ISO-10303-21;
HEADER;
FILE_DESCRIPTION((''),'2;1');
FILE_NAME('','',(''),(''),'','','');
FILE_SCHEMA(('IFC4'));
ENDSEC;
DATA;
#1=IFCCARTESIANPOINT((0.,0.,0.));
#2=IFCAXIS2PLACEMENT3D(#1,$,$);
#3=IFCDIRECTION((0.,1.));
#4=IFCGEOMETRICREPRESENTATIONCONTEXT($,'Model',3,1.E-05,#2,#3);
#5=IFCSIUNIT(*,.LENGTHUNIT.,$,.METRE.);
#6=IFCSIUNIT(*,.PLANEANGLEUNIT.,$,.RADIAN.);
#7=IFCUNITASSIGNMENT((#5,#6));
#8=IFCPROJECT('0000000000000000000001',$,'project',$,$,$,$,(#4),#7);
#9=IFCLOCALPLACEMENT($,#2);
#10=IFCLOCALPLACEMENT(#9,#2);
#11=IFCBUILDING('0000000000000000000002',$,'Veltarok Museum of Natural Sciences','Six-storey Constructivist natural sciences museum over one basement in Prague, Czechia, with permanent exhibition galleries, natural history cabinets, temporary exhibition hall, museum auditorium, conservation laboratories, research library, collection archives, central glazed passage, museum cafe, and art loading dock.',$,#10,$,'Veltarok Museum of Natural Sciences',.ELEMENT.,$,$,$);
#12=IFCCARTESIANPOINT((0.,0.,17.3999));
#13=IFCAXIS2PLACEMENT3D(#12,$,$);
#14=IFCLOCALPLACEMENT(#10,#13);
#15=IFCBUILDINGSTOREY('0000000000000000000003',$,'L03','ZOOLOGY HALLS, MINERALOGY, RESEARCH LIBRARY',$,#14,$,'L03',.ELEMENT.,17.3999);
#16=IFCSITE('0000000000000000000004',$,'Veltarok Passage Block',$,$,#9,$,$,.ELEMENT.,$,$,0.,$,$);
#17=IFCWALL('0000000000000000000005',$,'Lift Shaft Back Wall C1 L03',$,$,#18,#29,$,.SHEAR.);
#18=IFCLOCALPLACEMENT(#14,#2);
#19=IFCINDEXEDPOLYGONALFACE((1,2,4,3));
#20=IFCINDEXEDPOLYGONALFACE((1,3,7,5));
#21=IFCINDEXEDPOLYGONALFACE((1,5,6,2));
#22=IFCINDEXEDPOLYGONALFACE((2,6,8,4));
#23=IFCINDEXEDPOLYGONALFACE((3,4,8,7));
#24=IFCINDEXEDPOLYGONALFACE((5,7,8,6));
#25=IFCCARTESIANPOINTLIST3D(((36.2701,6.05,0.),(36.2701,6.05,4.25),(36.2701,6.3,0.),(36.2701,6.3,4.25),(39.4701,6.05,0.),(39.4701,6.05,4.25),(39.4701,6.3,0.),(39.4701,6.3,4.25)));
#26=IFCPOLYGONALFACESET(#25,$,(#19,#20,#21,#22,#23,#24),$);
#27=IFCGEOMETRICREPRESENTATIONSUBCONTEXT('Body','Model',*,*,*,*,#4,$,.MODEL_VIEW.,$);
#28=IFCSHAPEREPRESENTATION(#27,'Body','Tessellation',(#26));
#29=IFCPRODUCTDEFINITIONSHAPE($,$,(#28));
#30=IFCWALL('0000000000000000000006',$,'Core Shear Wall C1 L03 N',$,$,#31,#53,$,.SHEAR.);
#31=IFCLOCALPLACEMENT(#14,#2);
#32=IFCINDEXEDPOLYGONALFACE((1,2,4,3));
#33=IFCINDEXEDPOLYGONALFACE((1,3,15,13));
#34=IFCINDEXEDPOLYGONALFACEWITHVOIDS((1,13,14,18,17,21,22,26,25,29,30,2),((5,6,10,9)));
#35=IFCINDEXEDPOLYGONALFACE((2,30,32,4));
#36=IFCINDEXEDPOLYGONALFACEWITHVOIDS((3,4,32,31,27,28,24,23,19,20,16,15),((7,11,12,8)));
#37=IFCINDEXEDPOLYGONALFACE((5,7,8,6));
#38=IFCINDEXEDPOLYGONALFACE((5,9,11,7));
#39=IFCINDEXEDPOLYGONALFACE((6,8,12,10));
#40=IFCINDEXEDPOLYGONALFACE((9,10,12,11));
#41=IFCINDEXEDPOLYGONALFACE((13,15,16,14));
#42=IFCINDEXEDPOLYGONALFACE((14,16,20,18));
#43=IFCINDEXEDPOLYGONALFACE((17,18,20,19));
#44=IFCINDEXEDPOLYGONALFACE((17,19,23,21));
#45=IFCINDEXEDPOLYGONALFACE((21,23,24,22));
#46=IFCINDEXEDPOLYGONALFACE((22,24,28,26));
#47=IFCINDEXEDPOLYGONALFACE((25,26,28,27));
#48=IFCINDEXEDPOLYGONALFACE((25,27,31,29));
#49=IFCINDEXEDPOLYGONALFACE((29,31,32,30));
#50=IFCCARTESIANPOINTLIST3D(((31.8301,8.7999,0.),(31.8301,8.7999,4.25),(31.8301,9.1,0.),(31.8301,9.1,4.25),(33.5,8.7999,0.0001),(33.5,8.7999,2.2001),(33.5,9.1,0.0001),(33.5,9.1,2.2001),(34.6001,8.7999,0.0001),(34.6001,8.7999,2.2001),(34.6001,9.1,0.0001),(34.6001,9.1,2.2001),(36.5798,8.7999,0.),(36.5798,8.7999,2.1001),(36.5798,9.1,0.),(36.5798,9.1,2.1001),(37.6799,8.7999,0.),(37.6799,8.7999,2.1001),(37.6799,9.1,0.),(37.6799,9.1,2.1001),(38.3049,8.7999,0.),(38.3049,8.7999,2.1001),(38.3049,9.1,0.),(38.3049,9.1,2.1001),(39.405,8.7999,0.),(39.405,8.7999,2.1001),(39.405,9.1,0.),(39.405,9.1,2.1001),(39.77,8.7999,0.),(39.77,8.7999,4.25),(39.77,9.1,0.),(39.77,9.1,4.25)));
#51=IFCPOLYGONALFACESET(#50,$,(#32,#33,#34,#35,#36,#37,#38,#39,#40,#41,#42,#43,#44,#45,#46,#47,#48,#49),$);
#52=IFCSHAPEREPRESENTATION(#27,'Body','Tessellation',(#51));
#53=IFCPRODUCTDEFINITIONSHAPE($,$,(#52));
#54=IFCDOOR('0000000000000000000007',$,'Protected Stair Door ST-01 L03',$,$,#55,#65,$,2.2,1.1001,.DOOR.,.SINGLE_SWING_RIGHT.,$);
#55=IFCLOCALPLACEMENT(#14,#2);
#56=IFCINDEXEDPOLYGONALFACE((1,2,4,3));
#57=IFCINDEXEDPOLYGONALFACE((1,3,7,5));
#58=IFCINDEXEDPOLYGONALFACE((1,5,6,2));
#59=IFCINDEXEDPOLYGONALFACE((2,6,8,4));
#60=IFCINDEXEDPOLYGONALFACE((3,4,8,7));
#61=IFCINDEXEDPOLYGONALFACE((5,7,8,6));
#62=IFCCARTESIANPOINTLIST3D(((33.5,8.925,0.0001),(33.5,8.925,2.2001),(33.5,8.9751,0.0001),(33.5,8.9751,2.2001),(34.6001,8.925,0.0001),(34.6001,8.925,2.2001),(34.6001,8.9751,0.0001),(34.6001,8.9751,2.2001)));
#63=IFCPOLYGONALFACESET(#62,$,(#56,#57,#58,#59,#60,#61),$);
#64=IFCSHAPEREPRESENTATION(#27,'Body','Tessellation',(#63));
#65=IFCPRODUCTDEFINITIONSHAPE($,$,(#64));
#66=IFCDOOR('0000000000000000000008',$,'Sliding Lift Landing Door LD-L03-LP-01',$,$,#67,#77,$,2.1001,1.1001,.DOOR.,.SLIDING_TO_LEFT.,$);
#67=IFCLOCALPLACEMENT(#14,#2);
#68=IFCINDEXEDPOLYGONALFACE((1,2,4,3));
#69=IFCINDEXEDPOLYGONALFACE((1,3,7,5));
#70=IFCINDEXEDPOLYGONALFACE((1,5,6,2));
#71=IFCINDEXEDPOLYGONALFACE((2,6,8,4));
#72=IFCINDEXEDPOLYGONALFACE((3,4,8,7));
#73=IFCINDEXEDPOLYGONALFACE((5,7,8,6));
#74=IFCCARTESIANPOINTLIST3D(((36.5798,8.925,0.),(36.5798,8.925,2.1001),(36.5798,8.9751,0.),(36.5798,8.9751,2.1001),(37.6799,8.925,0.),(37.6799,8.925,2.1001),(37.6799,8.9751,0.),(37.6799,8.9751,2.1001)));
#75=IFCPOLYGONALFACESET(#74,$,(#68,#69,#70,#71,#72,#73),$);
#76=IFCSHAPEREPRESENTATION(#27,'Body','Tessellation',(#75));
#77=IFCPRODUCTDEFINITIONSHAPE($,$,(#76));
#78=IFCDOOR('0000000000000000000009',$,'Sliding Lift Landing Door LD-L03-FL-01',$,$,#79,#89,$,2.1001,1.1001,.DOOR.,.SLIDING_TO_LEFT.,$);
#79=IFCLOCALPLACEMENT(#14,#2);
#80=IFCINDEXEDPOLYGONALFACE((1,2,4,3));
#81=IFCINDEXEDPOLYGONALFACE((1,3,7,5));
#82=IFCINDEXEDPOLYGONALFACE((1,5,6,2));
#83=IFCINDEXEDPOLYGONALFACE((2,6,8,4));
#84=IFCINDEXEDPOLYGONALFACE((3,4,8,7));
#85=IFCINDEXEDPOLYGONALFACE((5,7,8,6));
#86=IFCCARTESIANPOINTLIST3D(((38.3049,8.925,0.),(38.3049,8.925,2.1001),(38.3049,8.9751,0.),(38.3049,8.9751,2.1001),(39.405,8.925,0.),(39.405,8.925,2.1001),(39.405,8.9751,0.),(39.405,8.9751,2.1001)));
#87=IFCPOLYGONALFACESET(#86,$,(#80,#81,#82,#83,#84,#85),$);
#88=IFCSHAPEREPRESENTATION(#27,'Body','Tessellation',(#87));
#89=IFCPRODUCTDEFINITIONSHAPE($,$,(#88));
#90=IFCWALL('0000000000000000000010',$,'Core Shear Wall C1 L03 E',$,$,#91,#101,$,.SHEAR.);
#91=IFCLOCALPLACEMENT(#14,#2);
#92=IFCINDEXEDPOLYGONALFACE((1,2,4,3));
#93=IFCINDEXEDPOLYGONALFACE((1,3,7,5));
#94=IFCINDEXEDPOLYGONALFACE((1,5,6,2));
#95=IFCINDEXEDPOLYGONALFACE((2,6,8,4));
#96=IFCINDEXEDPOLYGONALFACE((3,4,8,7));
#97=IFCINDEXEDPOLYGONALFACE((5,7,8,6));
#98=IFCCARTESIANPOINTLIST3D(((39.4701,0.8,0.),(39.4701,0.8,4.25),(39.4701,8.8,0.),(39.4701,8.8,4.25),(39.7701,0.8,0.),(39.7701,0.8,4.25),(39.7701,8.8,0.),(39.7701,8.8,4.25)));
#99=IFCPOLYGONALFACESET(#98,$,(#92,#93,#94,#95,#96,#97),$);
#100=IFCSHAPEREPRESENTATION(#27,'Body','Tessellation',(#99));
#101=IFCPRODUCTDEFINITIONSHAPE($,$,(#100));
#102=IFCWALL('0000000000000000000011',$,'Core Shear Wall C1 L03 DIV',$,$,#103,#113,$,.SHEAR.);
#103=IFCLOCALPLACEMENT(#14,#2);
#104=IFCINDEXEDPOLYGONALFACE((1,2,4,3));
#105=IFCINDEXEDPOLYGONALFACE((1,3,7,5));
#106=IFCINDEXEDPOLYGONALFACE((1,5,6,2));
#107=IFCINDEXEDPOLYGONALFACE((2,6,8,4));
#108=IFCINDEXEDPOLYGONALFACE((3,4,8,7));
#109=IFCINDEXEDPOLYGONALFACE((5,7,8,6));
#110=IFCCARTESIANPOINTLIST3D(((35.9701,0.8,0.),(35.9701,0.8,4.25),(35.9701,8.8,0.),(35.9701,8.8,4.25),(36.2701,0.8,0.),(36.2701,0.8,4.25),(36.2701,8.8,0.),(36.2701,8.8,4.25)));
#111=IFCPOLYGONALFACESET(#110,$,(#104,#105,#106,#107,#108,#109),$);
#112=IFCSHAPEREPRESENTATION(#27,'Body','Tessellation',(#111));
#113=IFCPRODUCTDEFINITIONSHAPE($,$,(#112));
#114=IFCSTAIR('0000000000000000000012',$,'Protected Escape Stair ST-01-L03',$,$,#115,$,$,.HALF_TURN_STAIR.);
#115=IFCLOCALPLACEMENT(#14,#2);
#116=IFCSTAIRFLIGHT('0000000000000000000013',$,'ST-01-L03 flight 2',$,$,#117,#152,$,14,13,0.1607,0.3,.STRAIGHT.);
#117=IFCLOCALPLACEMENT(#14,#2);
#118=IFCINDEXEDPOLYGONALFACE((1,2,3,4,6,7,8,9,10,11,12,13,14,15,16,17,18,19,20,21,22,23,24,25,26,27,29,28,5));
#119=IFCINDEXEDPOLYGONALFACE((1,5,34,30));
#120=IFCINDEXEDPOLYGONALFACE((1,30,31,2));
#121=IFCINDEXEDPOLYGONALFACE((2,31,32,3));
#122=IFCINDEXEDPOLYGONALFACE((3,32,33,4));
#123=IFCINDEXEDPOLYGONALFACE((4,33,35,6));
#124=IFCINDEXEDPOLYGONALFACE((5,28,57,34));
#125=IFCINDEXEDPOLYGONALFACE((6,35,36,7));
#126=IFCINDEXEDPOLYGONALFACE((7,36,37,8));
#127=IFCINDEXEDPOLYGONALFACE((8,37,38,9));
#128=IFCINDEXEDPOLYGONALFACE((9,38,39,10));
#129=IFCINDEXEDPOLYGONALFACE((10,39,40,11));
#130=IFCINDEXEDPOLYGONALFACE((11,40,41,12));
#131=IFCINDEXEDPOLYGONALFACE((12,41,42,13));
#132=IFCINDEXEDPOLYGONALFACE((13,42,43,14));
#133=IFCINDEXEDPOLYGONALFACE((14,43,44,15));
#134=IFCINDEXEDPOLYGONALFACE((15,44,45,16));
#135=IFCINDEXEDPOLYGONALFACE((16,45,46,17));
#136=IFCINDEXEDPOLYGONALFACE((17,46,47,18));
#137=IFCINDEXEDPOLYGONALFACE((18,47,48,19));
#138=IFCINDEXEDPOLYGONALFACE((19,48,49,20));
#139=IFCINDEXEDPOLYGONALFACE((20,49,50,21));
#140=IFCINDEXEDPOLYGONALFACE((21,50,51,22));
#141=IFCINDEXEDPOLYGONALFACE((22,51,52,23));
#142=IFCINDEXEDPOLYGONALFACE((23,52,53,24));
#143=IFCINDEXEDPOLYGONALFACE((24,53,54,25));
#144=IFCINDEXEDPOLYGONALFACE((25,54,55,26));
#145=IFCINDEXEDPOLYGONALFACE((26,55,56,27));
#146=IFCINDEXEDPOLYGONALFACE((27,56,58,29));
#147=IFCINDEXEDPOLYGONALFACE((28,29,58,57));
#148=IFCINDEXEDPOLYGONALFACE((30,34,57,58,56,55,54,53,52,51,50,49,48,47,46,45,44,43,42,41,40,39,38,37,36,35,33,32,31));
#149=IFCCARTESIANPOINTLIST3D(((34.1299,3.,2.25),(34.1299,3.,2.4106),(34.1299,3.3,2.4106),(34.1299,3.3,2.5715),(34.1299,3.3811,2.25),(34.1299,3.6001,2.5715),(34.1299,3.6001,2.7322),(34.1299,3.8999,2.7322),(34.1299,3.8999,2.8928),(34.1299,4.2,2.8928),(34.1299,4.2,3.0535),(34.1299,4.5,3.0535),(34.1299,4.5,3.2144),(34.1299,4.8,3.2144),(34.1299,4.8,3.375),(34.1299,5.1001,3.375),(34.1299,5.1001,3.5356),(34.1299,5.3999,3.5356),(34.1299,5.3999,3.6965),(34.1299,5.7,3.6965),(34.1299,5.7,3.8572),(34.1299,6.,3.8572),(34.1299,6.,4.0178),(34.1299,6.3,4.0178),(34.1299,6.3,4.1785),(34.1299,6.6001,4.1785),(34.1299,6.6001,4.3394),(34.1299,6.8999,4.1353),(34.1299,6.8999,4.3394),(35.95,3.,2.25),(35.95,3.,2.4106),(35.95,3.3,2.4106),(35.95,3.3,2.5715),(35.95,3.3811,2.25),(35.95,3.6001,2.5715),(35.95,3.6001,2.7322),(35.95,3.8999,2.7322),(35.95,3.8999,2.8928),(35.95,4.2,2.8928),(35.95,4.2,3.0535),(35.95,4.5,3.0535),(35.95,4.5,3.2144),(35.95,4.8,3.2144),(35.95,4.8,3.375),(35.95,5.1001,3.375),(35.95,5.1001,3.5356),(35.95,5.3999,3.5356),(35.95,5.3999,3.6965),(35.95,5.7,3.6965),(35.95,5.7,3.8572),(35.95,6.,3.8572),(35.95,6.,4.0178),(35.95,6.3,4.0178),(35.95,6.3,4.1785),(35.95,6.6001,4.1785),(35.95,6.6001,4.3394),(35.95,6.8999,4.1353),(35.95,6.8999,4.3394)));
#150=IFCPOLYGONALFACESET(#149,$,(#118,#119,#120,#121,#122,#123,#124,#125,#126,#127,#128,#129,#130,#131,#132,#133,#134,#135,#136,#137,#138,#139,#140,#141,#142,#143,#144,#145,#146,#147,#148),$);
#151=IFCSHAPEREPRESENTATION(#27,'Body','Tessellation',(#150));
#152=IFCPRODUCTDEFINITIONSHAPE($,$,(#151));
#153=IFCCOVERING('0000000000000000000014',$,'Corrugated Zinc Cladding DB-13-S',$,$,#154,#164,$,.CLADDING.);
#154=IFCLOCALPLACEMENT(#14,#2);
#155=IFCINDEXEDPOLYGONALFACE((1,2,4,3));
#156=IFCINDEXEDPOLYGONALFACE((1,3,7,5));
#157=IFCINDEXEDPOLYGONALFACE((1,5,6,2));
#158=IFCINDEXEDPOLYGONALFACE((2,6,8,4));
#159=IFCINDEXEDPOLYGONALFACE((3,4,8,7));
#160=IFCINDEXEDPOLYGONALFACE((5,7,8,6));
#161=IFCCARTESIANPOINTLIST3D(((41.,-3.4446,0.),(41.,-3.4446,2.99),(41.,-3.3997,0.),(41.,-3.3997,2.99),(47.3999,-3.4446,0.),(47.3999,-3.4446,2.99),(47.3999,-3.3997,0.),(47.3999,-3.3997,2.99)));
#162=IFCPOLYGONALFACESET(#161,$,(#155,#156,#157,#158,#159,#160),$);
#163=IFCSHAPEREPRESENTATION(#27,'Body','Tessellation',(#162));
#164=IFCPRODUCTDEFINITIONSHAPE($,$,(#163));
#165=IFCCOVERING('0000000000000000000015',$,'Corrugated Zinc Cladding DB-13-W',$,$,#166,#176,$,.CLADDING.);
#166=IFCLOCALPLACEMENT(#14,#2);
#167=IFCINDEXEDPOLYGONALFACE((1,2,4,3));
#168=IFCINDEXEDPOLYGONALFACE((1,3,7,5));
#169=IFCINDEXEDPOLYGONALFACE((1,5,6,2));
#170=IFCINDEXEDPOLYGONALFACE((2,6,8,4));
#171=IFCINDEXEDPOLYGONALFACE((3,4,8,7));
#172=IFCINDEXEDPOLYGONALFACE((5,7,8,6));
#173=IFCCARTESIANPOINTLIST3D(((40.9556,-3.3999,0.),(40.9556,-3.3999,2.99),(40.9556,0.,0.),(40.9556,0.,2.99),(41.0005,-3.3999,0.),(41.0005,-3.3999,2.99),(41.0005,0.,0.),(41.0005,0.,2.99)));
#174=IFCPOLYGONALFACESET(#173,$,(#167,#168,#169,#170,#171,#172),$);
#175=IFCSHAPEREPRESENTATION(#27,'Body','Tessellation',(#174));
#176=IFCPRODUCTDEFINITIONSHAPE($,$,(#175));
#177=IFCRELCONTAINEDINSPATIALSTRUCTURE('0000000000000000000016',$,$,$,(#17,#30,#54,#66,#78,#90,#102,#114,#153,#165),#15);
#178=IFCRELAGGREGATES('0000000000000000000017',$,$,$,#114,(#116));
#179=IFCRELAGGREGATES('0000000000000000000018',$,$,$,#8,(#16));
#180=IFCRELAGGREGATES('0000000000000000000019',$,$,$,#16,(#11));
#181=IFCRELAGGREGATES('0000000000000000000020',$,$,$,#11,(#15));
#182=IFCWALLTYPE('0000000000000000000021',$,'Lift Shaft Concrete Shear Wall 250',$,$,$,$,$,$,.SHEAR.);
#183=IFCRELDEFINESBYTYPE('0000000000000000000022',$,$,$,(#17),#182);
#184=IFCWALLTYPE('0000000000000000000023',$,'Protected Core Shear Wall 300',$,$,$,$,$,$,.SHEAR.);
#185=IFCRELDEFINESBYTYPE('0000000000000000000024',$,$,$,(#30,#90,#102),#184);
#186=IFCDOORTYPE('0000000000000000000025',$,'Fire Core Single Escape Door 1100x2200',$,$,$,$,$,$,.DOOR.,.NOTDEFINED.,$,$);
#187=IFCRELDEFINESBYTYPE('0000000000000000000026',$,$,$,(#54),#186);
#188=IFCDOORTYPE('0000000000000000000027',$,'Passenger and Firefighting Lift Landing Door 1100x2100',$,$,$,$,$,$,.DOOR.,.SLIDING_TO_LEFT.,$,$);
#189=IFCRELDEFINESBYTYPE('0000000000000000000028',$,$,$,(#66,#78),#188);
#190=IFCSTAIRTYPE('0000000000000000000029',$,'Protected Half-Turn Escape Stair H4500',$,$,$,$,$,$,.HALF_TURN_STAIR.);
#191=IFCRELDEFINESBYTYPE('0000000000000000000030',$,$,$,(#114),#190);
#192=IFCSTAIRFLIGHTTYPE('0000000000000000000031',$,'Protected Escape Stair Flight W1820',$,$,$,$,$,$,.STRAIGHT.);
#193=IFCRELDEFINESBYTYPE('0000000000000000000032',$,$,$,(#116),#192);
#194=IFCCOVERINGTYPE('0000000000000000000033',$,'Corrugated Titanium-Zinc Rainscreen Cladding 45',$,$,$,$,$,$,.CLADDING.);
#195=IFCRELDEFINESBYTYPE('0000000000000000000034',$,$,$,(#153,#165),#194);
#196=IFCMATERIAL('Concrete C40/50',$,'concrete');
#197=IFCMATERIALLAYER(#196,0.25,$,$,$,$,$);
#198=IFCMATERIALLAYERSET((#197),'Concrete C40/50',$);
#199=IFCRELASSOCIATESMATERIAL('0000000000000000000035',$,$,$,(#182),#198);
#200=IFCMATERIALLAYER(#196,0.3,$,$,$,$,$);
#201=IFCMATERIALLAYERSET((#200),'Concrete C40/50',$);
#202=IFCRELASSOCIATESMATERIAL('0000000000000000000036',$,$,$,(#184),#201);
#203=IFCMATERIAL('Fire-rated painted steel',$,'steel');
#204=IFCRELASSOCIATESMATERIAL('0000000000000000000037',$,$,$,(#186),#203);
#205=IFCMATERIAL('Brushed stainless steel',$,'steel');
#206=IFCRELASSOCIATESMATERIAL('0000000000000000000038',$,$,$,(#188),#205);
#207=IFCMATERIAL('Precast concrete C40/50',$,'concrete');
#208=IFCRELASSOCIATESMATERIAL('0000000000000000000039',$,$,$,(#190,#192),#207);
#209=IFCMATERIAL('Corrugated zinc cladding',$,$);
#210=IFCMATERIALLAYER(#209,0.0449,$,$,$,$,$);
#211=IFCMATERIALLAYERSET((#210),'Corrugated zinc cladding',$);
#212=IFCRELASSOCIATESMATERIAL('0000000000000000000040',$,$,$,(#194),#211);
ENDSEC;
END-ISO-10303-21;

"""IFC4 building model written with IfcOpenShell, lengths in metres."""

from ifc_helpers import new_model, si_unit, direction, frame, frame_2d, origin, place, context, subcontext, project, spatial, polyline, rectangle, outline, extrude, material, layer, layer_set, type_object, element, fill, aggregate, save


model = new_model("IFC4")

# Units and contexts
model_context = context("Model", 3, precision=1e-05, world=origin(), true_north=direction((0.0, 1.0)))
body_context = subcontext(model_context, "Body", "Model", "MODEL_VIEW")
ifc_project = project(units=[si_unit("LENGTHUNIT", "METRE"), si_unit("PLANEANGLEUNIT", "RADIAN")], contexts=[model_context])

# Site, building, storey
site_placement = place(None, origin())
site = spatial("IfcSite", under=ifc_project, at=site_placement, Name="Veltarok Passage Block", CompositionType="ELEMENT", RefElevation=0.0)
building_placement = place(site_placement, origin())
building = spatial("IfcBuilding", under=site, at=building_placement, Name="Veltarok Museum of Natural Sciences", Description="Six-storey Constructivist natural sciences museum over one basement in Prague, Czechia, with permanent exhibition galleries, natural history cabinets, temporary exhibition hall, museum auditorium, conservation laboratories, research library, collection archives, central glazed passage, museum cafe, and art loading dock.", LongName="Veltarok Museum of Natural Sciences", CompositionType="ELEMENT")
storey_placement = place(building_placement, frame((0.0, 0.0, 17.3999)))
storey = spatial("IfcBuildingStorey", under=building, at=storey_placement, Name="L03", Description="ZOOLOGY HALLS, MINERALOGY, RESEARCH LIBRARY", LongName="L03", CompositionType="ELEMENT", Elevation=17.3999)

# Shared definitions
ifc_material_1 = material(Name="Concrete C40/50", Category="concrete")

# Shared definitions
ifc_material_2 = material(Name="Precast concrete C40/50", Category="concrete")

# Wall
ifc_layer_1 = layer(ifc_material_1, 0.25)
ifc_layer_set_1 = layer_set([ifc_layer_1], Name="Concrete C40/50")
wall_type_1 = type_object("IfcWallType", Name="Lift Shaft Concrete Shear Wall 250", PredefinedType="SHEAR", material=ifc_layer_set_1)
wall_1_placement = place(storey_placement, frame((36.27, 6.175, 0.0), z_axis=(0.0, 0.0, 1.0), x_axis=(1.0, 0.0, 0.0)))
element("IfcWall", 1, at=wall_1_placement, inside=storey, type_object=wall_type_1, Name="Lift Shaft Back Wall C1 L03", PredefinedType="SHEAR", context=body_context, shape_type="SweptSolid", body=[
    extrude(rectangle(XDim=3.2, YDim=0.25, at=frame_2d((1.6001, 0.0))), origin(), (0.0, 0.0, 1.0), 4.25),
])

# Wall, openings, doors
ifc_layer_2 = layer(ifc_material_1, 0.3)
ifc_layer_set_2 = layer_set([ifc_layer_2], Name="Concrete C40/50")
wall_type_2 = type_object("IfcWallType", Name="Protected Core Shear Wall 300", PredefinedType="SHEAR", material=ifc_layer_set_2)
wall_2_placement = place(storey_placement, frame((39.77, 8.95, 0.0), z_axis=(0.0, 0.0, 1.0), x_axis=(-1.0, 0.0, 0.0)))
wall_2 = element("IfcWall", 2, at=wall_2_placement, inside=storey, type_object=wall_type_2, Name="Core Shear Wall C1 L03 N", PredefinedType="SHEAR", context=body_context, shape_type="SweptSolid", body=[
    extrude(rectangle(XDim=7.9399, YDim=0.3, at=frame_2d((3.97, 0.0))), origin(), (0.0, 0.0, 1.0), 4.25),
])
opening_1_placement = place(wall_2_placement, frame((5.1699, 0.0, 0.0)))
opening_1 = element("IfcOpeningElement", 3, at=opening_1_placement, cuts=wall_2, PredefinedType="OPENING", context=body_context, shape_type="SweptSolid", body=[
    extrude(rectangle(XDim=1.1001, YDim=2.2, at=frame_2d((0.55, 1.1001))), frame((0.0, 0.1602, 0.0), z_axis=(0.0, -1.0, 0.0), x_axis=(1.0, 0.0, 0.0)), (0.0, 0.0, 1.0), 0.3201),
])
opening_2_placement = place(wall_2_placement, frame((2.0901, 0.0, 0.0)))
opening_2 = element("IfcOpeningElement", 4, at=opening_2_placement, cuts=wall_2, PredefinedType="OPENING", context=body_context, shape_type="SweptSolid", body=[
    extrude(rectangle(XDim=1.1001, YDim=2.1001, at=frame_2d((0.55, 1.05))), frame((0.0, 0.1602, 0.0), z_axis=(0.0, -1.0, 0.0), x_axis=(1.0, 0.0, 0.0)), (0.0, 0.0, 1.0), 0.3201),
])
opening_3_placement = place(wall_2_placement, frame((0.365, 0.0, 0.0)))
opening_3 = element("IfcOpeningElement", 5, at=opening_3_placement, cuts=wall_2, PredefinedType="OPENING", context=body_context, shape_type="SweptSolid", body=[
    extrude(rectangle(XDim=1.1001, YDim=2.1001, at=frame_2d((0.55, 1.05))), frame((0.0, 0.1602, 0.0), z_axis=(0.0, -1.0, 0.0), x_axis=(1.0, 0.0, 0.0)), (0.0, 0.0, 1.0), 0.3201),
])
ifc_material_3 = material(Name="Fire-rated painted steel", Category="steel")
door_type_1 = type_object("IfcDoorType", Name="Fire Core Single Escape Door 1100x2200", OperationType="NOTDEFINED", PredefinedType="DOOR", material=ifc_material_3)
door_1_placement = place(opening_1_placement, origin())
door_1 = element("IfcDoor", 6, at=door_1_placement, inside=storey, type_object=door_type_1, Name="Protected Stair Door ST-01 L03", OperationType="SINGLE_SWING_RIGHT", OverallHeight=2.2, OverallWidth=1.1001, PredefinedType="DOOR", context=body_context, shape_type="SweptSolid", body=[
    extrude(rectangle(XDim=1.1001, YDim=2.2, at=frame_2d((0.55, 1.1001))), frame((0.0, 0.0249, 0.0), z_axis=(0.0, -1.0, 0.0), x_axis=(1.0, 0.0, 0.0)), (0.0, 0.0, 1.0), 0.05),
])
fill(opening_1, door_1)
ifc_material_4 = material(Name="Brushed stainless steel", Category="steel")
door_type_2 = type_object("IfcDoorType", Name="Passenger and Firefighting Lift Landing Door 1100x2100", OperationType="SLIDING_TO_LEFT", PredefinedType="DOOR", material=ifc_material_4)
door_2_placement = place(opening_2_placement, origin())
door_2 = element("IfcDoor", 7, at=door_2_placement, inside=storey, type_object=door_type_2, Name="Sliding Lift Landing Door LD-L03-LP-01", OperationType="SLIDING_TO_LEFT", OverallHeight=2.1001, OverallWidth=1.1001, PredefinedType="DOOR", context=body_context, shape_type="SweptSolid", body=[
    extrude(rectangle(XDim=1.1001, YDim=2.1001, at=frame_2d((0.55, 1.05))), frame((0.0, 0.0249, 0.0), z_axis=(0.0, -1.0, 0.0), x_axis=(1.0, 0.0, 0.0)), (0.0, 0.0, 1.0), 0.05),
])
fill(opening_2, door_2)
door_3_placement = place(opening_3_placement, origin())
door_3 = element("IfcDoor", 8, at=door_3_placement, inside=storey, type_object=door_type_2, Name="Sliding Lift Landing Door LD-L03-FL-01", OperationType="SLIDING_TO_LEFT", OverallHeight=2.1001, OverallWidth=1.1001, PredefinedType="DOOR", context=body_context, shape_type="SweptSolid", body=[
    extrude(rectangle(XDim=1.1001, YDim=2.1001, at=frame_2d((0.55, 1.05))), frame((0.0, 0.0249, 0.0), z_axis=(0.0, -1.0, 0.0), x_axis=(1.0, 0.0, 0.0)), (0.0, 0.0, 1.0), 0.05),
])
fill(opening_3, door_3)

# Walls
for number, where, z_axis, x_axis, name in (
    (9, (39.6201, 0.8, 0.0), (0.0, 0.0, 1.0), (0.0, 1.0, 0.0), "Core Shear Wall C1 L03 E"),
    (10, (36.1201, 0.8, 0.0), (0.0, 0.0, 1.0), (0.0, 1.0, 0.0), "Core Shear Wall C1 L03 DIV"),
):
    element("IfcWall", number, at=place(storey_placement, frame(where, z_axis=z_axis, x_axis=x_axis)), inside=storey, type_object=wall_type_2, Name=name, PredefinedType="SHEAR", context=body_context, shape_type="SweptSolid", body=[
        extrude(rectangle(XDim=8.0, YDim=0.3, at=frame_2d((4.0, 0.0))), origin(), (0.0, 0.0, 1.0), 4.25),
    ])

# Stair, stair flight
stair_type = type_object("IfcStairType", Name="Protected Half-Turn Escape Stair H4500", PredefinedType="HALF_TURN_STAIR", material=ifc_material_2)
stair_placement = place(storey_placement, origin())
stair = element("IfcStair", 11, at=stair_placement, inside=storey, type_object=stair_type, Name="Protected Escape Stair ST-01-L03", PredefinedType="HALF_TURN_STAIR")
stair_flight_type = type_object("IfcStairFlightType", Name="Protected Escape Stair Flight W1820", PredefinedType="STRAIGHT", material=ifc_material_2)
stair_flight_placement = place(storey_placement, frame((35.04, 3.0, 2.25), z_axis=(0.0, 0.0, 1.0), x_axis=(0.0, 1.0, 0.0)))
stair_flight = element("IfcStairFlight", 12, at=stair_flight_placement, type_object=stair_flight_type, Name="ST-01-L03 flight 2", NumberOfRisers=14, NumberOfTreads=13, PredefinedType="STRAIGHT", RiserHeight=0.1607, TreadLength=0.3, context=body_context, shape_type="SweptSolid", body=[
    extrude(outline(polyline([(0.0, 0.0), (0.0, 0.1606), (0.3, 0.1606), (0.3, 0.3215), (0.6001, 0.3215), (0.6001, 0.4822), (0.8999, 0.4822), (0.8999, 0.6428), (1.2, 0.6428), (1.2, 0.8035), (1.5, 0.8035), (1.5, 0.9644), (1.8, 0.9644), (1.8, 1.125), (2.1001, 1.125), (2.1001, 1.2856), (2.3999, 1.2856), (2.3999, 1.4465), (2.7, 1.4465), (2.7, 1.6072), (3.0, 1.6072), (3.0, 1.7678), (3.3, 1.7678), (3.3, 1.9285), (3.6001, 1.9285), (3.6001, 2.0894), (3.8999, 2.0894), (3.8999, 2.25), (3.8999, 1.8853), (0.3811, 0.0), (0.0, 0.0)])), frame((0.0, 0.9102, 0.0), z_axis=(0.0, -1.0, 0.0), x_axis=(1.0, 0.0, 0.0)), (0.0, 0.0, 1.0), 1.8201),
])
aggregate(stair, [stair_flight])

# Coverings
ifc_material_5 = material(Name="Corrugated zinc cladding")
ifc_layer_3 = layer(ifc_material_5, 0.0449)
ifc_layer_set_3 = layer_set([ifc_layer_3], Name="Corrugated zinc cladding")
covering_type = type_object("IfcCoveringType", Name="Corrugated Titanium-Zinc Rainscreen Cladding 45", PredefinedType="CLADDING", material=ifc_layer_set_3)
covering_1_placement = place(storey_placement, frame((41.0, -3.4221, 0.0), z_axis=(0.0, 0.0, 1.0), x_axis=(1.0, 0.0, 0.0)))
element("IfcCovering", 13, at=covering_1_placement, inside=storey, type_object=covering_type, Name="Corrugated Zinc Cladding DB-13-S", PredefinedType="CLADDING", context=body_context, shape_type="SweptSolid", body=[
    extrude(rectangle(XDim=6.3999, YDim=0.0449, at=frame_2d((3.2, 0.0))), origin(), (0.0, 0.0, 1.0), 2.99),
])
covering_2_placement = place(storey_placement, frame((40.978, 0.0, 0.0), z_axis=(0.0, 0.0, 1.0), x_axis=(0.0, -1.0, 0.0)))
element("IfcCovering", 14, at=covering_2_placement, inside=storey, type_object=covering_type, Name="Corrugated Zinc Cladding DB-13-W", PredefinedType="CLADDING", context=body_context, shape_type="SweptSolid", body=[
    extrude(rectangle(XDim=3.3999, YDim=0.0449, at=frame_2d((1.7, 0.0))), origin(), (0.0, 0.0, 1.0), 2.99),
])

save(model, "model.ifc")
